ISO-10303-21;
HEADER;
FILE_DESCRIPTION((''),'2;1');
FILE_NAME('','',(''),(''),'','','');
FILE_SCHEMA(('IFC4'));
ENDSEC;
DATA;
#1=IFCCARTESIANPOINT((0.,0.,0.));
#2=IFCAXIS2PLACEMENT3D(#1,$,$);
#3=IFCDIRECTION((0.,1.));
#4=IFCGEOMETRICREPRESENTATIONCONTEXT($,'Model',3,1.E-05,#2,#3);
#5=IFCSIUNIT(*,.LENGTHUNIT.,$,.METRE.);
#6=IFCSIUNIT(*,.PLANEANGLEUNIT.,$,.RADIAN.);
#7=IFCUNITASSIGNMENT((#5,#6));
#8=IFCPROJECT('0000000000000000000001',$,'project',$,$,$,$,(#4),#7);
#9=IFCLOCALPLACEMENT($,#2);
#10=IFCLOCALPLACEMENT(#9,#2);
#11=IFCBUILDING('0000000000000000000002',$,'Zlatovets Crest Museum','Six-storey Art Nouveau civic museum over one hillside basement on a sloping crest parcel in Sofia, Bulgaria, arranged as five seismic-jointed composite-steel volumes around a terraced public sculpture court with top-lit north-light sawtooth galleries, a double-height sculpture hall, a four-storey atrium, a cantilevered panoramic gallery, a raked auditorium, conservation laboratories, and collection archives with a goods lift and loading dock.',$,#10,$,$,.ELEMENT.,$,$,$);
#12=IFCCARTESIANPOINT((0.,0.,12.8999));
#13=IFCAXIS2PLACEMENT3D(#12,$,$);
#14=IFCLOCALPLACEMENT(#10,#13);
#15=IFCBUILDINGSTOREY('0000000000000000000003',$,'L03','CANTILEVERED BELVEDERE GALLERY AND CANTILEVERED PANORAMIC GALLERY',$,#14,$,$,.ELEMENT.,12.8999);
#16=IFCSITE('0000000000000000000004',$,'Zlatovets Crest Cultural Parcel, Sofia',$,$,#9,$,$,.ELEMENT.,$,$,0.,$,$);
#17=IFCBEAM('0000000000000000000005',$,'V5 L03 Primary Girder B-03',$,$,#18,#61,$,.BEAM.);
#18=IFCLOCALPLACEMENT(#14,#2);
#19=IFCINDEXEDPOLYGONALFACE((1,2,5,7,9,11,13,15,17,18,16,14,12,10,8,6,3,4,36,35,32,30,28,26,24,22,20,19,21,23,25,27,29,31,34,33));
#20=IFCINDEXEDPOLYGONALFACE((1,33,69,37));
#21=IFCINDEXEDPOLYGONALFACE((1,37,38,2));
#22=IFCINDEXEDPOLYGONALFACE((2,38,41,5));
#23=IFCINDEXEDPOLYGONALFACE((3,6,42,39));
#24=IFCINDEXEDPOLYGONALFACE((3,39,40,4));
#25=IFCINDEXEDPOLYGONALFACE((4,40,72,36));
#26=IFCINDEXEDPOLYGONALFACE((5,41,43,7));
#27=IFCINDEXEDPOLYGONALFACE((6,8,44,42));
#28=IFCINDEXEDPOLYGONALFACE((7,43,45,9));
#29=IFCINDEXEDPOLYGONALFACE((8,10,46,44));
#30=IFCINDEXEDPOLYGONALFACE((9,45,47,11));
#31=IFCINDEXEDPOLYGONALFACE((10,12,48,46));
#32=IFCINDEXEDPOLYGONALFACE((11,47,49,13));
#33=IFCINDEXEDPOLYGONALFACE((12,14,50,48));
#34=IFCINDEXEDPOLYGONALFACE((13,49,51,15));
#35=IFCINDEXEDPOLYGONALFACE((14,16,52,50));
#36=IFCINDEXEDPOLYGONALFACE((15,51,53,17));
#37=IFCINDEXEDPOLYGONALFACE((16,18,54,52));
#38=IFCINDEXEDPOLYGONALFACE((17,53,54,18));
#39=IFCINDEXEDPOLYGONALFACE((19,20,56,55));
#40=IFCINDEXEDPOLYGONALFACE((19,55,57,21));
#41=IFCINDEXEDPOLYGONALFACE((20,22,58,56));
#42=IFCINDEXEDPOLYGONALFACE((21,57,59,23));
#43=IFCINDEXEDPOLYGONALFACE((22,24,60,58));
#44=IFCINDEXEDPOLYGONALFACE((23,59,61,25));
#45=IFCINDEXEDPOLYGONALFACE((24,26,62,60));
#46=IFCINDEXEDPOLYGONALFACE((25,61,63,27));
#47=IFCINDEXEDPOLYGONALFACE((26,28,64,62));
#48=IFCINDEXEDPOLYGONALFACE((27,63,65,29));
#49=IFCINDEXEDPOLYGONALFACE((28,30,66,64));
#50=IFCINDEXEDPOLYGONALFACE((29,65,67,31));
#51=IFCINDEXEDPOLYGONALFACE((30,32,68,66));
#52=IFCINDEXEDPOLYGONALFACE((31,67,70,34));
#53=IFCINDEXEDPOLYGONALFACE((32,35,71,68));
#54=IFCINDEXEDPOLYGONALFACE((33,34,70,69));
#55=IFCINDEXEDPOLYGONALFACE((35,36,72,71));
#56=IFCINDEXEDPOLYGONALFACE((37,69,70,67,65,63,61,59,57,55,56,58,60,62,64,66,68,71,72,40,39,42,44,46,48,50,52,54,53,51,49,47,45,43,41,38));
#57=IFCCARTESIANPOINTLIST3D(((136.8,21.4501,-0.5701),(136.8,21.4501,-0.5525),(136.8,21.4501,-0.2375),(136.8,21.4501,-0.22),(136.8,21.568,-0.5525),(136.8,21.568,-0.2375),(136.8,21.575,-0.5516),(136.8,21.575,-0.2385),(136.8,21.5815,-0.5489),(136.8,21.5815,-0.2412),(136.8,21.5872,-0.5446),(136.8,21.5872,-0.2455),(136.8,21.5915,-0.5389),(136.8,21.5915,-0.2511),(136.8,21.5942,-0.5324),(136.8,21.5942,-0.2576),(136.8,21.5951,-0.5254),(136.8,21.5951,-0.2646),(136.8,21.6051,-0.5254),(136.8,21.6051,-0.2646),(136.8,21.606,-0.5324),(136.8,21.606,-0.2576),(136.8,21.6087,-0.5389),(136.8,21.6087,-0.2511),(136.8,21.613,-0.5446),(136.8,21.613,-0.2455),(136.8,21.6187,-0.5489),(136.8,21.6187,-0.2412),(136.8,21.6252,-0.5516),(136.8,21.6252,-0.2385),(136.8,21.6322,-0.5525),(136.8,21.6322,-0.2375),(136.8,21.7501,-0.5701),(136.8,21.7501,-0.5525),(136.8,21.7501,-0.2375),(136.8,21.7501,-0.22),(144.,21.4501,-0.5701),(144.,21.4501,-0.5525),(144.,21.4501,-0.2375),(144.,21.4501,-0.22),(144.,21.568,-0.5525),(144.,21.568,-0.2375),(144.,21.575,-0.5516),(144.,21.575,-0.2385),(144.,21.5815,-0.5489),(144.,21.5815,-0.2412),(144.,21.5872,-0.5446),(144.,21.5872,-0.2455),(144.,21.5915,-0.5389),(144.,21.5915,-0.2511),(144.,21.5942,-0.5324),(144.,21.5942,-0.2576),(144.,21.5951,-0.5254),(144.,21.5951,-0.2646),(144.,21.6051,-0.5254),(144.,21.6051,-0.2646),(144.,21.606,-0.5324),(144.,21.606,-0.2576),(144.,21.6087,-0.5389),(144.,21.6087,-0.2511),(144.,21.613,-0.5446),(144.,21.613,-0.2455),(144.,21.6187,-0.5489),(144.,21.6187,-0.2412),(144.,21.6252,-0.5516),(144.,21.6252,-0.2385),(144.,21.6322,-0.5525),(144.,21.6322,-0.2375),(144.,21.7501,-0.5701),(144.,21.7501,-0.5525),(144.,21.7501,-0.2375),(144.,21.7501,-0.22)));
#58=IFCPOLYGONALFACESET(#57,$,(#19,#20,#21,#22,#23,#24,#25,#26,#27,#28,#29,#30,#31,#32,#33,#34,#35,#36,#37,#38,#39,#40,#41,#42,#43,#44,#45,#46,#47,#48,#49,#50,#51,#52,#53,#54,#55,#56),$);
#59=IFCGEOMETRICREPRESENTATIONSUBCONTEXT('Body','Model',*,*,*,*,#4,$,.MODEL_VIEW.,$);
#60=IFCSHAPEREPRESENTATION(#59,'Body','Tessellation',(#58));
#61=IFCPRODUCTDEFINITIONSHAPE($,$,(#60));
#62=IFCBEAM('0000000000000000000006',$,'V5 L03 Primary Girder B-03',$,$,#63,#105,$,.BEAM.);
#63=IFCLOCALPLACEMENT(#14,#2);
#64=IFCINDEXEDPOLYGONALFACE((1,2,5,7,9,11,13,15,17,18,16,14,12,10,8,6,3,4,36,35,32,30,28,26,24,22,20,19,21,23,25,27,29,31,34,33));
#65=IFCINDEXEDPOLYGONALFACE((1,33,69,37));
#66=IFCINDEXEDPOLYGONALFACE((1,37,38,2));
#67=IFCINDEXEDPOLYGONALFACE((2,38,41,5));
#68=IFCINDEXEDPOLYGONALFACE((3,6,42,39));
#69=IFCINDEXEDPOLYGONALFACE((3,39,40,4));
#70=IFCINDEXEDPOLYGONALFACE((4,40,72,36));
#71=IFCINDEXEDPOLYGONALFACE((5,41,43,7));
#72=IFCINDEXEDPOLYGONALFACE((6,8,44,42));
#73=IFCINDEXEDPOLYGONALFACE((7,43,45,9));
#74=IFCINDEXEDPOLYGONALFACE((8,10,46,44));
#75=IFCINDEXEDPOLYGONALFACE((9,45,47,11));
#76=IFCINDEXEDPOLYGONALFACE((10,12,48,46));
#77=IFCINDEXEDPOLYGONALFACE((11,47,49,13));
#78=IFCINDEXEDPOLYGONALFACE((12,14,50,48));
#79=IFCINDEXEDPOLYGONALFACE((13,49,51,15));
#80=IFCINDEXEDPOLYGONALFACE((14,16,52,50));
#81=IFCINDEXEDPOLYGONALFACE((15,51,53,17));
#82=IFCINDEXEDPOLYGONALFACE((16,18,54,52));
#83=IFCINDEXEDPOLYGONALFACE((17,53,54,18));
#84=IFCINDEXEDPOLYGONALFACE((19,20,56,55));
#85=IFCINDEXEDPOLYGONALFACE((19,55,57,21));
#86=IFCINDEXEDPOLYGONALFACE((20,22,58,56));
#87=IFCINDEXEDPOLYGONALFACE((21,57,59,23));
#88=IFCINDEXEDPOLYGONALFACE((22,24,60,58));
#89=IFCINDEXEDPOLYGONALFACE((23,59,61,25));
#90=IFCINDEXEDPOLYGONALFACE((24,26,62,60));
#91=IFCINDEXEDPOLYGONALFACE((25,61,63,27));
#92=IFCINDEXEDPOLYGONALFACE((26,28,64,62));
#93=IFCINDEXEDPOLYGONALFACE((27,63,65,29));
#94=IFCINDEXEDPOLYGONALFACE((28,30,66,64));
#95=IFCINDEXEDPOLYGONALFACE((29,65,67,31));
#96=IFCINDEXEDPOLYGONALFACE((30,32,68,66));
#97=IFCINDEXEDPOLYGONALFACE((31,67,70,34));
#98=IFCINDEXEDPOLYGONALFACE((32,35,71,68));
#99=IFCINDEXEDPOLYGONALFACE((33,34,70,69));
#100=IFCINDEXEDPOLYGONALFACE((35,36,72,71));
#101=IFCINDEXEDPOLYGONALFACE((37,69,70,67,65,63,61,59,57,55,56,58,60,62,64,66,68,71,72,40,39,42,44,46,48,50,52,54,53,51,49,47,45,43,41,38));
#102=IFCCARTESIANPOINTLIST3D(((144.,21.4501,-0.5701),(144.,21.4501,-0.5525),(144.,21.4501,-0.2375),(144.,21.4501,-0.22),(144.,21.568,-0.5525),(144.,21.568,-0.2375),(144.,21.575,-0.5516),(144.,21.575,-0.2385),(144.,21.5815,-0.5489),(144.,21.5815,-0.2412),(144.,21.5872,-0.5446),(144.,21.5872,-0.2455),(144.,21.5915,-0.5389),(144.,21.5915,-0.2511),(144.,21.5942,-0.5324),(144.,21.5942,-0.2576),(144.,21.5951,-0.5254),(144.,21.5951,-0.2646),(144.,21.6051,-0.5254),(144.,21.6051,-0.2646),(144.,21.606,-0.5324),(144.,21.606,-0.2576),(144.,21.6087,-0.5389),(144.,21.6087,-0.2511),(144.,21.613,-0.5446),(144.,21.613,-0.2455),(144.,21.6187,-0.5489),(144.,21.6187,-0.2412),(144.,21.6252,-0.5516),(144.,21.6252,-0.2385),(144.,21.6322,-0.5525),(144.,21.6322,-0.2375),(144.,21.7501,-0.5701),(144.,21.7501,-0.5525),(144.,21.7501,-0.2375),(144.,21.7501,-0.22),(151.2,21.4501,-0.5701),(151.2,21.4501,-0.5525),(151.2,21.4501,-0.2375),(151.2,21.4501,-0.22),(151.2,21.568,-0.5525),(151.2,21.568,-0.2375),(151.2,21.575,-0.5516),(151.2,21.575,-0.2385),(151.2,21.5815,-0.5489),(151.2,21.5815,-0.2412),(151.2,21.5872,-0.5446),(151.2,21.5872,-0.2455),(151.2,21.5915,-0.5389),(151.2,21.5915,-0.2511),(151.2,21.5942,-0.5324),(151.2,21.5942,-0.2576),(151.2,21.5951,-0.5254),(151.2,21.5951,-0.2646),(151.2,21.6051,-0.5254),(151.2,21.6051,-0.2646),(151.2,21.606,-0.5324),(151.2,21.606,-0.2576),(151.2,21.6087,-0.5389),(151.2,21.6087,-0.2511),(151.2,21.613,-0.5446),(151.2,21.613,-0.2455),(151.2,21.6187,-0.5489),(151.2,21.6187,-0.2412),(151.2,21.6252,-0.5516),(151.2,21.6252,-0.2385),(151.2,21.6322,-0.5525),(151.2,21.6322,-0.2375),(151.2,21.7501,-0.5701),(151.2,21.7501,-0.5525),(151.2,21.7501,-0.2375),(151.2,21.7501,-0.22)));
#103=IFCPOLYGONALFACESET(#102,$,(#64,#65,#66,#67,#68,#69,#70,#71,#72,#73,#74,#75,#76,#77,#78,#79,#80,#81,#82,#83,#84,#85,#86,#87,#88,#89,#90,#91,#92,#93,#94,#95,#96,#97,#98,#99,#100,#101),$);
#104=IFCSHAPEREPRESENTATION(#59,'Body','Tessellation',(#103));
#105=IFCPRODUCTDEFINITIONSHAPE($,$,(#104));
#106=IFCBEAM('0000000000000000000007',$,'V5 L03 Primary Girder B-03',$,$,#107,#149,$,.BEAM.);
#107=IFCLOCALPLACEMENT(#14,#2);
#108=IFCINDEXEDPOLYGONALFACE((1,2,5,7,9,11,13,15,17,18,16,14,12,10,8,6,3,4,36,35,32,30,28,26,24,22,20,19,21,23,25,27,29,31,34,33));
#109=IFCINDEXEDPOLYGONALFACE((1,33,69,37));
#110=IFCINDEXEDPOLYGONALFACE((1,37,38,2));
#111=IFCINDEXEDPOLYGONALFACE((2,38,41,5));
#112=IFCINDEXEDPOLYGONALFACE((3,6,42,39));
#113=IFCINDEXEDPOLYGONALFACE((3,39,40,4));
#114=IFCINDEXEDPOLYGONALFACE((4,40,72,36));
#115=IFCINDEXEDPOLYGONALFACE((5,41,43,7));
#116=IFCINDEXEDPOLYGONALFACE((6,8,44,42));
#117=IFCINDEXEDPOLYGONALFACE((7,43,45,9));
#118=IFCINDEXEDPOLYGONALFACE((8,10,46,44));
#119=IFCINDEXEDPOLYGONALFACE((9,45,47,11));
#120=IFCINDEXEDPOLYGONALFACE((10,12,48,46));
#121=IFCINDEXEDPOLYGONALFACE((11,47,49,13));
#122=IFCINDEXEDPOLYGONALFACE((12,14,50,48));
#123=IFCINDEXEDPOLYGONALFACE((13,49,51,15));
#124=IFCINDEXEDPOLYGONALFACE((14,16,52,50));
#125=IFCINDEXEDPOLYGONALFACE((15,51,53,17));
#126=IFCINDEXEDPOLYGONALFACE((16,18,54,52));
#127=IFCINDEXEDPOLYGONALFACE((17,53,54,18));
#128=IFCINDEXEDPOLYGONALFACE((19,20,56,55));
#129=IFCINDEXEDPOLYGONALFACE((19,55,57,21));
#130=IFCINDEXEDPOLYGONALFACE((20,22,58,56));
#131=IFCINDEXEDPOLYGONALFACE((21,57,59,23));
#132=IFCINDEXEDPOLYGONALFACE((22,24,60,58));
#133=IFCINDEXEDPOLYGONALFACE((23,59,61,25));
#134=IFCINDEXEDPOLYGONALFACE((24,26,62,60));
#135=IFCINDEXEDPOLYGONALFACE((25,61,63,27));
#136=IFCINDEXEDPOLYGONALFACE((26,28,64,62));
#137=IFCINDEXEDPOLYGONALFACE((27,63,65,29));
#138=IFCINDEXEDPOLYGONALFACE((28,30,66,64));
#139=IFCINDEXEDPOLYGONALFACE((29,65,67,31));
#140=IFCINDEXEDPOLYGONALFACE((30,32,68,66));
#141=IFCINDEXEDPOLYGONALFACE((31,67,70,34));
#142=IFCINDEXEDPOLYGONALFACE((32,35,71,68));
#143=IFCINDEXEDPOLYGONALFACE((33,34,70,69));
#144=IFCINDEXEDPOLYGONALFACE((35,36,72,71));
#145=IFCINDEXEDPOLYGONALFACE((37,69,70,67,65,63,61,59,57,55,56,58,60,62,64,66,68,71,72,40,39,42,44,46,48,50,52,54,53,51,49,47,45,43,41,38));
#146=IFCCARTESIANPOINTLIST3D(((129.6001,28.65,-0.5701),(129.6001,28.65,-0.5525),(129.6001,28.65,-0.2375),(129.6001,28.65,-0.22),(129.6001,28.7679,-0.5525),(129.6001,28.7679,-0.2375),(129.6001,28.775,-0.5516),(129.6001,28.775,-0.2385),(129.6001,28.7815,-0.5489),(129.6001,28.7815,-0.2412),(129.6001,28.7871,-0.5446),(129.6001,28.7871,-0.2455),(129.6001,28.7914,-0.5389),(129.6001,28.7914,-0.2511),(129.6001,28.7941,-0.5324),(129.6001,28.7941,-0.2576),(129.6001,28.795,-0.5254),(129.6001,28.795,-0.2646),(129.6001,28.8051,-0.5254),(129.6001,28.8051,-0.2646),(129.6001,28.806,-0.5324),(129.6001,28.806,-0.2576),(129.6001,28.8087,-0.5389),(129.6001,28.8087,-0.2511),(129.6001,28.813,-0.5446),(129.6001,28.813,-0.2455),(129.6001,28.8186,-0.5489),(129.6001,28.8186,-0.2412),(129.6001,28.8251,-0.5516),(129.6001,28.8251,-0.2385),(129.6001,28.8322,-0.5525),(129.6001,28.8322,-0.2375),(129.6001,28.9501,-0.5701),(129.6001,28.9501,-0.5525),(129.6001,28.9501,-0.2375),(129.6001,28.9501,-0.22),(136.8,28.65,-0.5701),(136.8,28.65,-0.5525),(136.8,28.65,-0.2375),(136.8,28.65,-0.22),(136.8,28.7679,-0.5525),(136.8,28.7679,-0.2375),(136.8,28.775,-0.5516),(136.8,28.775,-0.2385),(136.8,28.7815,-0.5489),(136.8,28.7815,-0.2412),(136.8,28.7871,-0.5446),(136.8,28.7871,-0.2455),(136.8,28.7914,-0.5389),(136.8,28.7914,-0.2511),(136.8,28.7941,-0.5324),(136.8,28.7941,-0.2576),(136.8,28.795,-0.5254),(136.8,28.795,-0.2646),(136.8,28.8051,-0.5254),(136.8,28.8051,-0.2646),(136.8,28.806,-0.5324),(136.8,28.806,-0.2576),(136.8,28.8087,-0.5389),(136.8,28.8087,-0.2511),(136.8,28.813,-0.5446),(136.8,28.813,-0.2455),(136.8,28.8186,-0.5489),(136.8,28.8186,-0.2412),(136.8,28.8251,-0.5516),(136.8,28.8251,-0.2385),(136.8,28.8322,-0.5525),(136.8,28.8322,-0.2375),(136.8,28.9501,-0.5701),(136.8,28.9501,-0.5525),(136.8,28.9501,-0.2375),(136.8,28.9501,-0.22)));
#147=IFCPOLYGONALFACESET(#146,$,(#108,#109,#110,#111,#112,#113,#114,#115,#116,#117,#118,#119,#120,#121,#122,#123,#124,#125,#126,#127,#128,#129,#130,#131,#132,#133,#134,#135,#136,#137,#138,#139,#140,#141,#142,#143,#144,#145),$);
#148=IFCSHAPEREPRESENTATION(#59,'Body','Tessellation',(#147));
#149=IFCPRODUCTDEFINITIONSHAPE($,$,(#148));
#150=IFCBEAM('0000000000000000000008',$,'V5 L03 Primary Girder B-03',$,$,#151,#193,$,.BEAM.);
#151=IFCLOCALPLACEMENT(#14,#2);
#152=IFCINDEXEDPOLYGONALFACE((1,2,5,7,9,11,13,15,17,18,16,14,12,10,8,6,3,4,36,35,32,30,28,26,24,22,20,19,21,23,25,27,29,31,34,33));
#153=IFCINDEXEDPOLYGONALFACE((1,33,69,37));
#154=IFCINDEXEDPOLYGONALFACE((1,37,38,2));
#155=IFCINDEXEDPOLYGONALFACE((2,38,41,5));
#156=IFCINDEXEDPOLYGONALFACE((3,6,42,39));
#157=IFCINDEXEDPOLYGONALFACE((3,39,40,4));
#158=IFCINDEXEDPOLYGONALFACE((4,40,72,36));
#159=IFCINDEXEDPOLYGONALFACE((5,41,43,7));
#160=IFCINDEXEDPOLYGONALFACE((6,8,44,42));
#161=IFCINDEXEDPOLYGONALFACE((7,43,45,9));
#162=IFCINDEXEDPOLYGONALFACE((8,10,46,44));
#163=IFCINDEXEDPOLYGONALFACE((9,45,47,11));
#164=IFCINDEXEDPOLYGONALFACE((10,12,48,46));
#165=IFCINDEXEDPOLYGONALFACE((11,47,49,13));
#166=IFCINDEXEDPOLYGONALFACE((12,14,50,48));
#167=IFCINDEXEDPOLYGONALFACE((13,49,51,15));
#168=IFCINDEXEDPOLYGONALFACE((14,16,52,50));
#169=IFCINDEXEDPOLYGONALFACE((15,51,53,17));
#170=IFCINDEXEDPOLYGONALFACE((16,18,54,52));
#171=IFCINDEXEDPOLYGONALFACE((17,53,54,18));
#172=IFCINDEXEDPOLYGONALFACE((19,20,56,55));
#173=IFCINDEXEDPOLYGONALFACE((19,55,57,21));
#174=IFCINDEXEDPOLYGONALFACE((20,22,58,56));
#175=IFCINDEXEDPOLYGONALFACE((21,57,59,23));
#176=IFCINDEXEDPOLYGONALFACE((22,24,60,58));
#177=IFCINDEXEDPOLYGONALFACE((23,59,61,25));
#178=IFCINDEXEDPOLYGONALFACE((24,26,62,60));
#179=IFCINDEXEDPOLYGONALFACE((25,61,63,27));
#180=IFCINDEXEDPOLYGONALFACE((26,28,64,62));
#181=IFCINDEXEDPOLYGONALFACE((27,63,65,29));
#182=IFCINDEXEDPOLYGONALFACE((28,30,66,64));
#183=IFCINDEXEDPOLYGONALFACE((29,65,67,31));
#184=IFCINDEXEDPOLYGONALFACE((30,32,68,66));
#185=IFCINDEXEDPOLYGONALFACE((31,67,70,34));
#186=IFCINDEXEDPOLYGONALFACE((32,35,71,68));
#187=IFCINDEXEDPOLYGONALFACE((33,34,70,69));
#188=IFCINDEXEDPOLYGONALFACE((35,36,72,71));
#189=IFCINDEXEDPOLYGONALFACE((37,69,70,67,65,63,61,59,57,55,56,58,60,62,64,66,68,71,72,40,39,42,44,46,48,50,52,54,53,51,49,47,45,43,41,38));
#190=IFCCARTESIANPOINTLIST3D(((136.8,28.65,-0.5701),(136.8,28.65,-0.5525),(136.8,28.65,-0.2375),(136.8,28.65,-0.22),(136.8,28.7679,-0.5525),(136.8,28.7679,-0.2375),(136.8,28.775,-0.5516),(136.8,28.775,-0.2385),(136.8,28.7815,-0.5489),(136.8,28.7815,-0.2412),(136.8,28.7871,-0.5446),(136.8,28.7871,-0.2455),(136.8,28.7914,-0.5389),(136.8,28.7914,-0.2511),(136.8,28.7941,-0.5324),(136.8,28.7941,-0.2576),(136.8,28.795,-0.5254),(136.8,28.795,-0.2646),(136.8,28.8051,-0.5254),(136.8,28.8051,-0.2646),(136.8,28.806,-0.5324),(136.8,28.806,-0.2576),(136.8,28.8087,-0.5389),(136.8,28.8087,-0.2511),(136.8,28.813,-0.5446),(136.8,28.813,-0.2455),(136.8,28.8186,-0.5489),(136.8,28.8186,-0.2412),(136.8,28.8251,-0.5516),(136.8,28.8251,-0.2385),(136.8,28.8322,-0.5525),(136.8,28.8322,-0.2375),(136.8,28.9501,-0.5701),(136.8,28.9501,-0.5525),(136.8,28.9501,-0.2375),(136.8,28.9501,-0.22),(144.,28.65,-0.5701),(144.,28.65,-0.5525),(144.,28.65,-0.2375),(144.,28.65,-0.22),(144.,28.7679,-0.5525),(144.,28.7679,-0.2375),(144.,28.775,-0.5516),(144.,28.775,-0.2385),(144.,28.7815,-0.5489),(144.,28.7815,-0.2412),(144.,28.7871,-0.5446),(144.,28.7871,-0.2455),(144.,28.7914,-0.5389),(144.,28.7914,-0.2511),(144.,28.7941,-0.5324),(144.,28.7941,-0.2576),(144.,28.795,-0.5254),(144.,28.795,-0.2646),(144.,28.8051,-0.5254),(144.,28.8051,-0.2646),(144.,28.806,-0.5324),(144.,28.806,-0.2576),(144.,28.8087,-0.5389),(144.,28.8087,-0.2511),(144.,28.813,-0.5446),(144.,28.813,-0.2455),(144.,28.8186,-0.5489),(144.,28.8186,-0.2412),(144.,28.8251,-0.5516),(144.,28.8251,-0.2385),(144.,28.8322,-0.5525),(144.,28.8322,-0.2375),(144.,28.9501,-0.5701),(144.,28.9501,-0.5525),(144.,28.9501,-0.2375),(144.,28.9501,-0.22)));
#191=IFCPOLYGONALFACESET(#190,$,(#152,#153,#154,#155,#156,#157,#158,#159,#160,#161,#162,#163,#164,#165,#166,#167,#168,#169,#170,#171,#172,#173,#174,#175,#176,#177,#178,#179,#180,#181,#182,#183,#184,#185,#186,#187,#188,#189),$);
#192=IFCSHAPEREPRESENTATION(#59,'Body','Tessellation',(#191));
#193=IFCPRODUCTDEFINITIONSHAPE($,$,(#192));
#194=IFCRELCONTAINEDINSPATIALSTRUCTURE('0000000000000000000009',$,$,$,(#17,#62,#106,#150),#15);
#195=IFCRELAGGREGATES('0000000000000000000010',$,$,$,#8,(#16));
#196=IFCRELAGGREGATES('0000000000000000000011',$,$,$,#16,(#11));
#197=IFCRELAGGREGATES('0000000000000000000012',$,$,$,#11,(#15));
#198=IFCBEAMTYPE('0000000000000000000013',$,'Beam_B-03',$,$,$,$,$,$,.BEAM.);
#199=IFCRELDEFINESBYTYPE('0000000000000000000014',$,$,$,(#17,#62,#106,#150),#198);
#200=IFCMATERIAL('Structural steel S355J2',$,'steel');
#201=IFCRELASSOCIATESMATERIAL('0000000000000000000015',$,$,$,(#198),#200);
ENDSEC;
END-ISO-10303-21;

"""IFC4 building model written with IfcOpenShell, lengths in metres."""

from ifc_helpers import new_model, si_unit, direction, frame, origin, origin_2d, place, context, subcontext, project, spatial, i_section, extrude, material, material_profile, profile_set, type_object, element, save


model = new_model("IFC4")

# Units and contexts
model_context = context("Model", 3, precision=1e-05, world=origin(), true_north=direction((0.0, 1.0)))
body_context = subcontext(model_context, "Body", "Model", "MODEL_VIEW")
ifc_project = project(units=[si_unit("LENGTHUNIT", "METRE"), si_unit("PLANEANGLEUNIT", "RADIAN")], contexts=[model_context])

# Site, building, storey
site_placement = place(None, origin())
site = spatial("IfcSite", under=ifc_project, at=site_placement, Name="Zlatovets Crest Cultural Parcel, Sofia", CompositionType="ELEMENT", RefElevation=0.0)
building_placement = place(site_placement, origin())
building = spatial("IfcBuilding", under=site, at=building_placement, Name="Zlatovets Crest Museum", Description="Six-storey Art Nouveau civic museum over one hillside basement on a sloping crest parcel in Sofia, Bulgaria, arranged as five seismic-jointed composite-steel volumes around a terraced public sculpture court with top-lit north-light sawtooth galleries, a double-height sculpture hall, a four-storey atrium, a cantilevered panoramic gallery, a raked auditorium, conservation laboratories, and collection archives with a goods lift and loading dock.", CompositionType="ELEMENT")
storey_placement = place(building_placement, frame((0.0, 0.0, 12.8999)))
storey = spatial("IfcBuildingStorey", under=building, at=storey_placement, Name="L03", Description="CANTILEVERED BELVEDERE GALLERY AND CANTILEVERED PANORAMIC GALLERY", CompositionType="ELEMENT", Elevation=12.8999)

# Beams
ifc_material_1 = material(Name="Structural steel S355J2", Category="steel")
ifc_material_profile_1 = material_profile(ifc_material_1, i_section(OverallWidth=0.3, OverallDepth=0.3501, WebThickness=0.01, FlangeThickness=0.0176, FilletRadius=0.0271, at=origin_2d()), Name="HEA 360")
ifc_profile_set_1 = profile_set([ifc_material_profile_1], Name="Structural steel S355J2")
beam_type_1 = type_object("IfcBeamType", Name="Beam_B-03", PredefinedType="BEAM", material=ifc_profile_set_1)
for number, where, z_axis, x_axis, name in (
    (1, (136.8, 21.6001, -0.395), (1.0, 0.0, 0.0), (0.0, 1.0, 0.0), "V5 L03 Primary Girder B-03"),
    (2, (144.0, 21.6001, -0.395), (1.0, 0.0, 0.0), (0.0, 1.0, 0.0), "V5 L03 Primary Girder B-03"),
    (3, (129.6001, 28.8, -0.395), (1.0, 0.0, 0.0), (0.0, 1.0, 0.0), "V5 L03 Primary Girder B-03"),
    (4, (136.8, 28.8, -0.395), (1.0, 0.0, 0.0), (0.0, 1.0, 0.0), "V5 L03 Primary Girder B-03"),
):
    element("IfcBeam", number, at=place(storey_placement, frame(where, z_axis=z_axis, x_axis=x_axis)), inside=storey, type_object=beam_type_1, Name=name, PredefinedType="BEAM", context=body_context, shape_type="SweptSolid", body=[
        extrude(i_section(OverallWidth=0.3, OverallDepth=0.3501, WebThickness=0.01, FlangeThickness=0.0176, FilletRadius=0.0271, at=origin_2d()), origin(), (0.0, 0.0, 1.0), 7.2),
    ])

save(model, "model.ifc")
